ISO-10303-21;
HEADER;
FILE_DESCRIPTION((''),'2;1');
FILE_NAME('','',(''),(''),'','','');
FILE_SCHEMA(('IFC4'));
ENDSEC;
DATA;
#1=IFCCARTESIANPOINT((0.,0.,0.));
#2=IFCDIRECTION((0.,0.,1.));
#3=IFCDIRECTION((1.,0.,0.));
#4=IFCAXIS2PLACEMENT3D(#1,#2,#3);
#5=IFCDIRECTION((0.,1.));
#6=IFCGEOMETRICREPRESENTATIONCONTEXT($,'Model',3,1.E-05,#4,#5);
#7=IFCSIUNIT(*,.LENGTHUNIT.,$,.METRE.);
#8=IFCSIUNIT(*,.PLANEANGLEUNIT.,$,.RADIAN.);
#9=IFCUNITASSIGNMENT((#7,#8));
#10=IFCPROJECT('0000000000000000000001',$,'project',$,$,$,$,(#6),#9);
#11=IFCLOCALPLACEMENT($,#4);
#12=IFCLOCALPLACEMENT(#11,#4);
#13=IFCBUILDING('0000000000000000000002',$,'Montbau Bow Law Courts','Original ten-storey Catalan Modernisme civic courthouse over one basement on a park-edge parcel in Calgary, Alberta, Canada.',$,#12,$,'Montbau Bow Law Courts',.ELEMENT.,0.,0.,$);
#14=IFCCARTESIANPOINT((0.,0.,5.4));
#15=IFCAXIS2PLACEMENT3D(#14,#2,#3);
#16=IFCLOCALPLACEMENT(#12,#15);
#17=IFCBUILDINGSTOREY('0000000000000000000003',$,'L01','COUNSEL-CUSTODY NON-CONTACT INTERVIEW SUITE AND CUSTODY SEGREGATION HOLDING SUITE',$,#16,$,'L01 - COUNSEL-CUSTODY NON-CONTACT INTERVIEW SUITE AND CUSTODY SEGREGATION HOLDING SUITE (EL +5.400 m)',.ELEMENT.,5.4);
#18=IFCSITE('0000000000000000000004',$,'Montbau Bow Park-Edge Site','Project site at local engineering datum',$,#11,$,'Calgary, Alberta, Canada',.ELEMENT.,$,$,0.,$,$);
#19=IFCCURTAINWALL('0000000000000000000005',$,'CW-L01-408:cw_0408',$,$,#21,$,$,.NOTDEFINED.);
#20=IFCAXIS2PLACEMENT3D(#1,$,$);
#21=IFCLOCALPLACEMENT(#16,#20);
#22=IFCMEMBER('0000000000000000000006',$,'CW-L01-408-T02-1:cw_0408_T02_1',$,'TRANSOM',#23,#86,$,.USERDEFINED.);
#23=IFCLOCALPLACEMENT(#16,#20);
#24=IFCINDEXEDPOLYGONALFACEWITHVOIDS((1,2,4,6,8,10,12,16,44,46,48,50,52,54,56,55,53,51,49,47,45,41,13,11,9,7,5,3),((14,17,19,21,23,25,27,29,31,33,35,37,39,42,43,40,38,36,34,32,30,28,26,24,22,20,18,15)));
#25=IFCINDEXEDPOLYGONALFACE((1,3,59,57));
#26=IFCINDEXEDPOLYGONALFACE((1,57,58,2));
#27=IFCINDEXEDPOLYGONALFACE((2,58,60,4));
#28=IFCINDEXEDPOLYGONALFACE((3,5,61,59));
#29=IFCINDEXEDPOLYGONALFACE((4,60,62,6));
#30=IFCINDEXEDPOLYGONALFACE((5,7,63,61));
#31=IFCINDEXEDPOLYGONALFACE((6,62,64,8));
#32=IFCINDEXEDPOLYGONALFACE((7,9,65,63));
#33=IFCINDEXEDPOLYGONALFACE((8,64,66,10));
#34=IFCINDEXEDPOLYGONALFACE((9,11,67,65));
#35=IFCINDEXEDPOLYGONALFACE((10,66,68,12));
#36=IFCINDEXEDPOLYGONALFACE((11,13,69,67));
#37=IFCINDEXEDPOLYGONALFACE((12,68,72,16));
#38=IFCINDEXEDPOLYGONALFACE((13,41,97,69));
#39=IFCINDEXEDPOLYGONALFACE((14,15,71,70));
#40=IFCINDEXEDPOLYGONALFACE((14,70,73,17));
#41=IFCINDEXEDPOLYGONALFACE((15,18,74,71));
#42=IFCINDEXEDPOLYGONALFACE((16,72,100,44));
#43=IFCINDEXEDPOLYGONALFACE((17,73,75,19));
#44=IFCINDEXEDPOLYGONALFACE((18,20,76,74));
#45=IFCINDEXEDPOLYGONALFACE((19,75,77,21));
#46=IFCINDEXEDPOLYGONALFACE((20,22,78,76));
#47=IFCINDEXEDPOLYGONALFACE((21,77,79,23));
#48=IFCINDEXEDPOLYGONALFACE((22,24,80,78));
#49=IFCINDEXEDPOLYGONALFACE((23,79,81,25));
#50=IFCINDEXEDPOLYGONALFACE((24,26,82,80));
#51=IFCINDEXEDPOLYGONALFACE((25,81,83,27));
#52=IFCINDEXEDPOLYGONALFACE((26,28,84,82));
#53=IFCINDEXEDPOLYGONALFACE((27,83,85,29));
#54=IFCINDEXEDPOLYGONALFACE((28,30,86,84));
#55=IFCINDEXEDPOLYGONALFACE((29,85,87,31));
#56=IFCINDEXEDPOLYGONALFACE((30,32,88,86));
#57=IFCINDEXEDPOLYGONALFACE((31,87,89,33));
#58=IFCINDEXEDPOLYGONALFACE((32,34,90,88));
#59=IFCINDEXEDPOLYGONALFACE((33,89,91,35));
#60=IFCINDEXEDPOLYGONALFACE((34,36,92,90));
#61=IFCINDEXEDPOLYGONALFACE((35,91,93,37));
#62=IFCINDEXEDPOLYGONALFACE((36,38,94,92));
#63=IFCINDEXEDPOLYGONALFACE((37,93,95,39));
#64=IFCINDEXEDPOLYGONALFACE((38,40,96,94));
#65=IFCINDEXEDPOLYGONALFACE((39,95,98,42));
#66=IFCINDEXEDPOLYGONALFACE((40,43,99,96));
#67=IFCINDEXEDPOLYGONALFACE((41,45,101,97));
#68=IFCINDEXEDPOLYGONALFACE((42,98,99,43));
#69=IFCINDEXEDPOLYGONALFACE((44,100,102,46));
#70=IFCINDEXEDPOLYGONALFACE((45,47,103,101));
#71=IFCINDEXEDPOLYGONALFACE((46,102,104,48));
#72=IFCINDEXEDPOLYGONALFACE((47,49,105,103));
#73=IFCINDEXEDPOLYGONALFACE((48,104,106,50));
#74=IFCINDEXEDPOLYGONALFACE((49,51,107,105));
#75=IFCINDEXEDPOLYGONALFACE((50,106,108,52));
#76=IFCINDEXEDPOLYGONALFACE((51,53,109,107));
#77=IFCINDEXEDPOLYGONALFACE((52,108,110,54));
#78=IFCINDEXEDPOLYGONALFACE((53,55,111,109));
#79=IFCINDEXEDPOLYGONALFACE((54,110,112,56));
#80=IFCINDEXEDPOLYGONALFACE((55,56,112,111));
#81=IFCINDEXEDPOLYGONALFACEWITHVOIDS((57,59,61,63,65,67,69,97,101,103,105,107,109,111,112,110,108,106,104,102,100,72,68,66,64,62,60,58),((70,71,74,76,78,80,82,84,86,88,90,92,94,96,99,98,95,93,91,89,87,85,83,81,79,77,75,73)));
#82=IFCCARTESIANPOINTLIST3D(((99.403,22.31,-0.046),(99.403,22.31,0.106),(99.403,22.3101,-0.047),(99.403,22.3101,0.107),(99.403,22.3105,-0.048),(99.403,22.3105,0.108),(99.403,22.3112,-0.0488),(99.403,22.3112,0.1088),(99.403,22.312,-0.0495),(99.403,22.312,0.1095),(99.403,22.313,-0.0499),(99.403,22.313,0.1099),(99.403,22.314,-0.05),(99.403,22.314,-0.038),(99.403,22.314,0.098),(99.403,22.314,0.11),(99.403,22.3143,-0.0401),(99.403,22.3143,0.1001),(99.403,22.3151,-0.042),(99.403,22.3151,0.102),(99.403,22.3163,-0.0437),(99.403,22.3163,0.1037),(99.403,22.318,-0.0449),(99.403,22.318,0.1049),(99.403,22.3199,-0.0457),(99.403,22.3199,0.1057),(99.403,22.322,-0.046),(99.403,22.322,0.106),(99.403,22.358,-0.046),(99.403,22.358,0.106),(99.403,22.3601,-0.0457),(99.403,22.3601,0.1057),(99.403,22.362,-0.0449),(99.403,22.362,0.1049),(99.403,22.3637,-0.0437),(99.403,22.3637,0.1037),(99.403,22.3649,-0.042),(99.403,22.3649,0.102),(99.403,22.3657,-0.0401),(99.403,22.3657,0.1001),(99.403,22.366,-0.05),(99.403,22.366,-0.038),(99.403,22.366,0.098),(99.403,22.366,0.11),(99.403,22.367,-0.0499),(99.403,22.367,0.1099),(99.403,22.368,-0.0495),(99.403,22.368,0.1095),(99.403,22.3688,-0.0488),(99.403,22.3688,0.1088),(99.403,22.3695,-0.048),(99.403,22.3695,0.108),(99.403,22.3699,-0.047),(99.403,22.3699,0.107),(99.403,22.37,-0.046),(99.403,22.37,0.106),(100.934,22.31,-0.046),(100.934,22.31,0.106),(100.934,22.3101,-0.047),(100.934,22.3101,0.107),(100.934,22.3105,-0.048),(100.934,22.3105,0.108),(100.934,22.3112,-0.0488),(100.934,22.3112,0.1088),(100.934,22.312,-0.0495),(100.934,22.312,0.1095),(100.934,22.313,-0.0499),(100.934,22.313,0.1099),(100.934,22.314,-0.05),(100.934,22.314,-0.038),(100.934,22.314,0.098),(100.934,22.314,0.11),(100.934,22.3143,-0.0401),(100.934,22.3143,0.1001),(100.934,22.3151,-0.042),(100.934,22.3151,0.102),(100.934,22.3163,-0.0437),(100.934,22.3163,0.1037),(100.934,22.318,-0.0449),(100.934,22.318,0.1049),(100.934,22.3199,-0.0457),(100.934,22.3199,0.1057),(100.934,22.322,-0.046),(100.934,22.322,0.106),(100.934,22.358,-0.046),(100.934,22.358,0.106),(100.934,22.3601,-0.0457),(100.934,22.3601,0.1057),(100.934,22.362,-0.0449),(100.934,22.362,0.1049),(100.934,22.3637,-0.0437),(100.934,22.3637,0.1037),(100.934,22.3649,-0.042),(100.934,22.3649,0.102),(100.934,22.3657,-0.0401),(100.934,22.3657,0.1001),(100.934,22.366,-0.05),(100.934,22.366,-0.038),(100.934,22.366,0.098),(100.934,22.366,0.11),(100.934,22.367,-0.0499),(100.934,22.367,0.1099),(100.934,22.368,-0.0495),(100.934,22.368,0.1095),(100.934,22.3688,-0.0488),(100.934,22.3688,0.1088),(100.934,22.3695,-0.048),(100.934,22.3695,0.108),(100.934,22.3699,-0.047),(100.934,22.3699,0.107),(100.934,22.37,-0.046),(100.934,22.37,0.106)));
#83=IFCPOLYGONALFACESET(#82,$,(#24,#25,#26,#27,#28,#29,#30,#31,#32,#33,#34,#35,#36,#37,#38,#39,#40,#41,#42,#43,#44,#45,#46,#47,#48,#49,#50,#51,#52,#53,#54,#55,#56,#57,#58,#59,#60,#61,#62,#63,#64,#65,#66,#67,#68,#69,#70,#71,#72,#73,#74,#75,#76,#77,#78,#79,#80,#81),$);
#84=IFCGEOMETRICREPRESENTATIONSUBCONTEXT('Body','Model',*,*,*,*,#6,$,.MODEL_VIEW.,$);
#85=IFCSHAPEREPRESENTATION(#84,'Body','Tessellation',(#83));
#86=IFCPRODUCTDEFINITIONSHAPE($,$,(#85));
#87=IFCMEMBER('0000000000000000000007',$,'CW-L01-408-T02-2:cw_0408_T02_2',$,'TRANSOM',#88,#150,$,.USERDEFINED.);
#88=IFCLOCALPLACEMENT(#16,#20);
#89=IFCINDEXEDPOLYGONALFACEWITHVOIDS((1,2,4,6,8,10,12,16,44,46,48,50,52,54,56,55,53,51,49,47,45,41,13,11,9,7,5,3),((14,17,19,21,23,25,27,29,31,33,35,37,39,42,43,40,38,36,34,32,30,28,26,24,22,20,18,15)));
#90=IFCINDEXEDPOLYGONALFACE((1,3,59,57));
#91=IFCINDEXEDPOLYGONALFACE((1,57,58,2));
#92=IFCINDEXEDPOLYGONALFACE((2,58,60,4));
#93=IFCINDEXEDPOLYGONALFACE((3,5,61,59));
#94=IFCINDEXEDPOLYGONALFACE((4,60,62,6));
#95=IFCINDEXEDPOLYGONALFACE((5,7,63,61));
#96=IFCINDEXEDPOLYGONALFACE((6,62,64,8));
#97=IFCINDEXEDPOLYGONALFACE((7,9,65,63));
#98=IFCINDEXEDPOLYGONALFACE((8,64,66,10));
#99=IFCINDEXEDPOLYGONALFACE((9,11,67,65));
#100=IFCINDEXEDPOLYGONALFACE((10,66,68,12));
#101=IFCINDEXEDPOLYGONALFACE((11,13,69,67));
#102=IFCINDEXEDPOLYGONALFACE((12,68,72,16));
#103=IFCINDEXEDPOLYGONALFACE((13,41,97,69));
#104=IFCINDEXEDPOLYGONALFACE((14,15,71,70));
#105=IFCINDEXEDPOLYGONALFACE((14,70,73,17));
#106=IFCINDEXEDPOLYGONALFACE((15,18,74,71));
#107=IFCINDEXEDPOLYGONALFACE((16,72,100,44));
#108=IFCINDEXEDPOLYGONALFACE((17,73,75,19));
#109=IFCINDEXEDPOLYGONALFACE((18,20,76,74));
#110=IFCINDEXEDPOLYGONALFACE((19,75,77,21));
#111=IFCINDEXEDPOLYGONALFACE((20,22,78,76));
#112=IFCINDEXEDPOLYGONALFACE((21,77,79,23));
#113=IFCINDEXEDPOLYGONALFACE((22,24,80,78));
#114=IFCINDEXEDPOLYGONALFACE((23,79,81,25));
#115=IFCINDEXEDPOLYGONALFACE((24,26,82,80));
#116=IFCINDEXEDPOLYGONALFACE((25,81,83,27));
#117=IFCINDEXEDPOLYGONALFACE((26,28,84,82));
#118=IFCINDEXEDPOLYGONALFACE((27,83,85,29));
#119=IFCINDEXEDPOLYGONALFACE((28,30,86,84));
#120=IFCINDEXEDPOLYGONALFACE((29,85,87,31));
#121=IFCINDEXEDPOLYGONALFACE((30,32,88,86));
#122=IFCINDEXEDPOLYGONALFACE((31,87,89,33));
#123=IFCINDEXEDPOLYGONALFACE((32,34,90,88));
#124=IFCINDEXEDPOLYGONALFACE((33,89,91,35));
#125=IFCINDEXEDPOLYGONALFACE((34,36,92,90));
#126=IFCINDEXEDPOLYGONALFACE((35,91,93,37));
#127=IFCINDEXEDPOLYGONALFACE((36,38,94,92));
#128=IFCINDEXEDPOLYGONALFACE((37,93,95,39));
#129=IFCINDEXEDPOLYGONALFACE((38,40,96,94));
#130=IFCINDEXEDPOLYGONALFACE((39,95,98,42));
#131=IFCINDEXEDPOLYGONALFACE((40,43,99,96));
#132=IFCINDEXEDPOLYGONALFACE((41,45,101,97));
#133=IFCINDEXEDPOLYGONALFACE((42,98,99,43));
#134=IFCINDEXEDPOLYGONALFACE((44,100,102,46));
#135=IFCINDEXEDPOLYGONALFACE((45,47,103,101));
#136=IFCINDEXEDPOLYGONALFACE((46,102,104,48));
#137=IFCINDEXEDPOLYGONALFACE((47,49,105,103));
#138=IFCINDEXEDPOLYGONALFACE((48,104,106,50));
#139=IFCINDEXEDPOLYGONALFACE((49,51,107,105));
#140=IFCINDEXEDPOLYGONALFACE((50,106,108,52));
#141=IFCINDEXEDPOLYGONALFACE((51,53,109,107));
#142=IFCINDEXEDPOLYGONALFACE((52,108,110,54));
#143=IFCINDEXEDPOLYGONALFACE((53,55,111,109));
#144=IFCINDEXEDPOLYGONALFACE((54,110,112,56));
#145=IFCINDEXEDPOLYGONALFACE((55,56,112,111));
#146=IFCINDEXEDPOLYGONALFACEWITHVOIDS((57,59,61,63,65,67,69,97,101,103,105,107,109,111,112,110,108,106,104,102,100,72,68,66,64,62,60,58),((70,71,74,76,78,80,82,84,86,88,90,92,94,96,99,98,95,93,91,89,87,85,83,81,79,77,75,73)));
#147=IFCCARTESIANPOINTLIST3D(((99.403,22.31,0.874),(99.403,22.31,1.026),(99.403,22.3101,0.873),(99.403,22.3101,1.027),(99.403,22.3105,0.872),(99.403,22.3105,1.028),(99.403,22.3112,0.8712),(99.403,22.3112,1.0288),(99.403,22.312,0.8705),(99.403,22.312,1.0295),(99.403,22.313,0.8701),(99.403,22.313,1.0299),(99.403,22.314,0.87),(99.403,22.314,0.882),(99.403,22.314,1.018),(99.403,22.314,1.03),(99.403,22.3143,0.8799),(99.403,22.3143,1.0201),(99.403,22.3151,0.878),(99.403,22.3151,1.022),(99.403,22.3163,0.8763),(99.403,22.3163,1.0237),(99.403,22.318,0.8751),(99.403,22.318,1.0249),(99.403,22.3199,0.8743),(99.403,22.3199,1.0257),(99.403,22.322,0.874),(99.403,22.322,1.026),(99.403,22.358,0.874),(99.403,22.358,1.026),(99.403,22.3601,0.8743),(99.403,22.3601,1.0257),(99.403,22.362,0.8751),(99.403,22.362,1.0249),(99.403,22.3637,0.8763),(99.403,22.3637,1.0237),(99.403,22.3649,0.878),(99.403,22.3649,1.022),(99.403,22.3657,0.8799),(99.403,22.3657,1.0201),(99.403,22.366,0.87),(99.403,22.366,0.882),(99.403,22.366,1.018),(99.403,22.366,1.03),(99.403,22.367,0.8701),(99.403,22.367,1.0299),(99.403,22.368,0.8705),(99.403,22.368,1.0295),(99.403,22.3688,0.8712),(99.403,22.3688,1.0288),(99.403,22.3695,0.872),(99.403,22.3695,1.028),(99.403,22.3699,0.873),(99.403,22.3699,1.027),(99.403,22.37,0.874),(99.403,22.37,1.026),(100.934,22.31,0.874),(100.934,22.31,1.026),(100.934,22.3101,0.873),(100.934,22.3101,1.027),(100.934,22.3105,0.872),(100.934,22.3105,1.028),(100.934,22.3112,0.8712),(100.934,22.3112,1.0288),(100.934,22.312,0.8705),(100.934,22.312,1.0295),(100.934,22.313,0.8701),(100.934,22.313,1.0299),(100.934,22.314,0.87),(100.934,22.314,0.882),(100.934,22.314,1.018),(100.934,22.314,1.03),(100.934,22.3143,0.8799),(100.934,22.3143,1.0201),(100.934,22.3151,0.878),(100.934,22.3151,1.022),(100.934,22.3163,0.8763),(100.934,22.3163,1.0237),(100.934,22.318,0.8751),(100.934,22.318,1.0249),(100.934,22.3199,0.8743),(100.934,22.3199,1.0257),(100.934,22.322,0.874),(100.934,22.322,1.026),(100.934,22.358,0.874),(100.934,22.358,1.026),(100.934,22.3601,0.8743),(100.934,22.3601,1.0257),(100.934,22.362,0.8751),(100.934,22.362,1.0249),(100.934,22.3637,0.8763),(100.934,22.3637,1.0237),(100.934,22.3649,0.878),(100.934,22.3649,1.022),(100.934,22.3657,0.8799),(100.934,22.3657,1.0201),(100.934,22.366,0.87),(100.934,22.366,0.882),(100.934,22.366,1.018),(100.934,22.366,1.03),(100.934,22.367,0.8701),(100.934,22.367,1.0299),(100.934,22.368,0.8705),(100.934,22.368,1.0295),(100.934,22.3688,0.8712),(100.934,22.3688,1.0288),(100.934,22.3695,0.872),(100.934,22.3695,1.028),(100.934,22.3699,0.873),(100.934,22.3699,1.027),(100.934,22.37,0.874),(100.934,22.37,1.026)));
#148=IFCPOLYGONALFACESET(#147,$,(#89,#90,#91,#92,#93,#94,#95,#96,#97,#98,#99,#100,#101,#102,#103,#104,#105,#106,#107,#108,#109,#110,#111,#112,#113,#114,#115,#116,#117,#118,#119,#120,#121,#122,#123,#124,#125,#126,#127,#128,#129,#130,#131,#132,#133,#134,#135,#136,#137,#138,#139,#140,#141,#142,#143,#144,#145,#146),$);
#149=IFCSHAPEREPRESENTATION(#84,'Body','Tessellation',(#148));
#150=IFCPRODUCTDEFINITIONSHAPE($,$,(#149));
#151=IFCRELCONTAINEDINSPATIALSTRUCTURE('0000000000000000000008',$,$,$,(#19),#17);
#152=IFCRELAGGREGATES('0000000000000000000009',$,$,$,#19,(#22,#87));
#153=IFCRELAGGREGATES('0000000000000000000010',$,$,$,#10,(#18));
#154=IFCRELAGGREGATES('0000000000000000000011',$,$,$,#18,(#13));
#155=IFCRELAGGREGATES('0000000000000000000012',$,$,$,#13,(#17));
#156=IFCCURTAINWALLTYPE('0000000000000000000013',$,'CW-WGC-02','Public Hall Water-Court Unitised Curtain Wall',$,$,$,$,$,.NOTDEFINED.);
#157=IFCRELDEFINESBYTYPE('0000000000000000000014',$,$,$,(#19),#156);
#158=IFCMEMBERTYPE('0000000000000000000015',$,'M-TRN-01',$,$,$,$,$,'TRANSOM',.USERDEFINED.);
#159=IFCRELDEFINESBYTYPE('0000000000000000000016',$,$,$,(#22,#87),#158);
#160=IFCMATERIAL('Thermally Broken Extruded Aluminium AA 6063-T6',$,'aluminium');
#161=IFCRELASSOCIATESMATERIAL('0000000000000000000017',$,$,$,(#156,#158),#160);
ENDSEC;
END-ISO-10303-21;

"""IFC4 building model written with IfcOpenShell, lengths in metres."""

from ifc_helpers import new_model, si_unit, direction, frame, origin_with_axes, origin_2d_with_axis, place, context, subcontext, project, spatial, hollow_rectangle, extrude, material, material_profile, profile_set, type_object, element, aggregate, save


model = new_model("IFC4")

# Units and contexts
model_context = context("Model", 3, precision=1e-05, world=origin_with_axes(), true_north=direction((0.0, 1.0)))
body_context = subcontext(model_context, "Body", "Model", "MODEL_VIEW")
ifc_project = project(units=[si_unit("LENGTHUNIT", "METRE"), si_unit("PLANEANGLEUNIT", "RADIAN")], contexts=[model_context])

# Site, building, storey
site_placement = place(None, origin_with_axes())
site = spatial("IfcSite", under=ifc_project, at=site_placement, Name="Montbau Bow Park-Edge Site", Description="Project site at local engineering datum", LongName="Calgary, Alberta, Canada", CompositionType="ELEMENT", RefElevation=0.0)
building_placement = place(site_placement, origin_with_axes())
building = spatial("IfcBuilding", under=site, at=building_placement, Name="Montbau Bow Law Courts", Description="Original ten-storey Catalan Modernisme civic courthouse over one basement on a park-edge parcel in Calgary, Alberta, Canada.", LongName="Montbau Bow Law Courts", CompositionType="ELEMENT", ElevationOfRefHeight=0.0, ElevationOfTerrain=0.0)
storey_placement = place(building_placement, frame((0.0, 0.0, 5.4), z_axis=(0.0, 0.0, 1.0), x_axis=(1.0, 0.0, 0.0)))
storey = spatial("IfcBuildingStorey", under=building, at=storey_placement, Name="L01", Description="COUNSEL-CUSTODY NON-CONTACT INTERVIEW SUITE AND CUSTODY SEGREGATION HOLDING SUITE", LongName="L01 - COUNSEL-CUSTODY NON-CONTACT INTERVIEW SUITE AND CUSTODY SEGREGATION HOLDING SUITE (EL +5.400 m)", CompositionType="ELEMENT", Elevation=5.4)

# Curtain wall
ifc_material_1 = material(Name="Thermally Broken Extruded Aluminium AA 6063-T6", Category="aluminium")
curtain_wall_type = type_object("IfcCurtainWallType", Name="CW-WGC-02", Description="Public Hall Water-Court Unitised Curtain Wall", PredefinedType="NOTDEFINED", material=ifc_material_1)
curtain_wall_1_placement = place(None, frame((97.715, 22.34, 5.4), z_axis=(0.0, 0.0, 1.0), x_axis=(1.0, 0.0, 0.0)))
curtain_wall_1 = element("IfcCurtainWall", 1, at=curtain_wall_1_placement, inside=storey, type_object=curtain_wall_type, Name="CW-L01-408:cw_0408", PredefinedType="NOTDEFINED")

# Members
ifc_material_profile_1 = material_profile(ifc_material_1, hollow_rectangle(XDim=0.06, YDim=0.16, WallThickness=0.004, InnerFilletRadius=0.008, OuterFilletRadius=0.004, at=origin_2d_with_axis()), Name="CWT-160X60", Category="Main", Priority=0)
ifc_profile_set_1 = profile_set([ifc_material_profile_1], Name="Thermally Broken Extruded Aluminium AA 6063-T6")
member_type_1 = type_object("IfcMemberType", Name="M-TRN-01", ElementType="TRANSOM", PredefinedType="USERDEFINED", material=ifc_profile_set_1)
member_1_placement = place(None, frame((99.403, 22.34, 5.43), z_axis=(1.0, 0.0, 0.0), x_axis=(0.0, 1.0, 0.0)))
member_1 = element("IfcMember", 2, at=member_1_placement, type_object=member_type_1, Name="CW-L01-408-T02-1:cw_0408_T02_1", ObjectType="TRANSOM", PredefinedType="USERDEFINED", context=body_context, shape_type="SweptSolid", body=[
    extrude(hollow_rectangle(XDim=0.06, YDim=0.16, WallThickness=0.004, InnerFilletRadius=0.008, OuterFilletRadius=0.004, at=origin_2d_with_axis()), origin_with_axes(), (0.0, 0.0, 1.0), 1.531),
])
member_2_placement = place(None, frame((99.403, 22.34, 6.35), z_axis=(1.0, 0.0, 0.0), x_axis=(0.0, 1.0, 0.0)))
member_2 = element("IfcMember", 3, at=member_2_placement, type_object=member_type_1, Name="CW-L01-408-T02-2:cw_0408_T02_2", ObjectType="TRANSOM", PredefinedType="USERDEFINED", context=body_context, shape_type="SweptSolid", body=[
    extrude(hollow_rectangle(XDim=0.06, YDim=0.16, WallThickness=0.004, InnerFilletRadius=0.008, OuterFilletRadius=0.004, at=origin_2d_with_axis()), origin_with_axes(), (0.0, 0.0, 1.0), 1.531),
])

aggregate(curtain_wall_1, [member_1, member_2])

save(model, "model.ifc")
